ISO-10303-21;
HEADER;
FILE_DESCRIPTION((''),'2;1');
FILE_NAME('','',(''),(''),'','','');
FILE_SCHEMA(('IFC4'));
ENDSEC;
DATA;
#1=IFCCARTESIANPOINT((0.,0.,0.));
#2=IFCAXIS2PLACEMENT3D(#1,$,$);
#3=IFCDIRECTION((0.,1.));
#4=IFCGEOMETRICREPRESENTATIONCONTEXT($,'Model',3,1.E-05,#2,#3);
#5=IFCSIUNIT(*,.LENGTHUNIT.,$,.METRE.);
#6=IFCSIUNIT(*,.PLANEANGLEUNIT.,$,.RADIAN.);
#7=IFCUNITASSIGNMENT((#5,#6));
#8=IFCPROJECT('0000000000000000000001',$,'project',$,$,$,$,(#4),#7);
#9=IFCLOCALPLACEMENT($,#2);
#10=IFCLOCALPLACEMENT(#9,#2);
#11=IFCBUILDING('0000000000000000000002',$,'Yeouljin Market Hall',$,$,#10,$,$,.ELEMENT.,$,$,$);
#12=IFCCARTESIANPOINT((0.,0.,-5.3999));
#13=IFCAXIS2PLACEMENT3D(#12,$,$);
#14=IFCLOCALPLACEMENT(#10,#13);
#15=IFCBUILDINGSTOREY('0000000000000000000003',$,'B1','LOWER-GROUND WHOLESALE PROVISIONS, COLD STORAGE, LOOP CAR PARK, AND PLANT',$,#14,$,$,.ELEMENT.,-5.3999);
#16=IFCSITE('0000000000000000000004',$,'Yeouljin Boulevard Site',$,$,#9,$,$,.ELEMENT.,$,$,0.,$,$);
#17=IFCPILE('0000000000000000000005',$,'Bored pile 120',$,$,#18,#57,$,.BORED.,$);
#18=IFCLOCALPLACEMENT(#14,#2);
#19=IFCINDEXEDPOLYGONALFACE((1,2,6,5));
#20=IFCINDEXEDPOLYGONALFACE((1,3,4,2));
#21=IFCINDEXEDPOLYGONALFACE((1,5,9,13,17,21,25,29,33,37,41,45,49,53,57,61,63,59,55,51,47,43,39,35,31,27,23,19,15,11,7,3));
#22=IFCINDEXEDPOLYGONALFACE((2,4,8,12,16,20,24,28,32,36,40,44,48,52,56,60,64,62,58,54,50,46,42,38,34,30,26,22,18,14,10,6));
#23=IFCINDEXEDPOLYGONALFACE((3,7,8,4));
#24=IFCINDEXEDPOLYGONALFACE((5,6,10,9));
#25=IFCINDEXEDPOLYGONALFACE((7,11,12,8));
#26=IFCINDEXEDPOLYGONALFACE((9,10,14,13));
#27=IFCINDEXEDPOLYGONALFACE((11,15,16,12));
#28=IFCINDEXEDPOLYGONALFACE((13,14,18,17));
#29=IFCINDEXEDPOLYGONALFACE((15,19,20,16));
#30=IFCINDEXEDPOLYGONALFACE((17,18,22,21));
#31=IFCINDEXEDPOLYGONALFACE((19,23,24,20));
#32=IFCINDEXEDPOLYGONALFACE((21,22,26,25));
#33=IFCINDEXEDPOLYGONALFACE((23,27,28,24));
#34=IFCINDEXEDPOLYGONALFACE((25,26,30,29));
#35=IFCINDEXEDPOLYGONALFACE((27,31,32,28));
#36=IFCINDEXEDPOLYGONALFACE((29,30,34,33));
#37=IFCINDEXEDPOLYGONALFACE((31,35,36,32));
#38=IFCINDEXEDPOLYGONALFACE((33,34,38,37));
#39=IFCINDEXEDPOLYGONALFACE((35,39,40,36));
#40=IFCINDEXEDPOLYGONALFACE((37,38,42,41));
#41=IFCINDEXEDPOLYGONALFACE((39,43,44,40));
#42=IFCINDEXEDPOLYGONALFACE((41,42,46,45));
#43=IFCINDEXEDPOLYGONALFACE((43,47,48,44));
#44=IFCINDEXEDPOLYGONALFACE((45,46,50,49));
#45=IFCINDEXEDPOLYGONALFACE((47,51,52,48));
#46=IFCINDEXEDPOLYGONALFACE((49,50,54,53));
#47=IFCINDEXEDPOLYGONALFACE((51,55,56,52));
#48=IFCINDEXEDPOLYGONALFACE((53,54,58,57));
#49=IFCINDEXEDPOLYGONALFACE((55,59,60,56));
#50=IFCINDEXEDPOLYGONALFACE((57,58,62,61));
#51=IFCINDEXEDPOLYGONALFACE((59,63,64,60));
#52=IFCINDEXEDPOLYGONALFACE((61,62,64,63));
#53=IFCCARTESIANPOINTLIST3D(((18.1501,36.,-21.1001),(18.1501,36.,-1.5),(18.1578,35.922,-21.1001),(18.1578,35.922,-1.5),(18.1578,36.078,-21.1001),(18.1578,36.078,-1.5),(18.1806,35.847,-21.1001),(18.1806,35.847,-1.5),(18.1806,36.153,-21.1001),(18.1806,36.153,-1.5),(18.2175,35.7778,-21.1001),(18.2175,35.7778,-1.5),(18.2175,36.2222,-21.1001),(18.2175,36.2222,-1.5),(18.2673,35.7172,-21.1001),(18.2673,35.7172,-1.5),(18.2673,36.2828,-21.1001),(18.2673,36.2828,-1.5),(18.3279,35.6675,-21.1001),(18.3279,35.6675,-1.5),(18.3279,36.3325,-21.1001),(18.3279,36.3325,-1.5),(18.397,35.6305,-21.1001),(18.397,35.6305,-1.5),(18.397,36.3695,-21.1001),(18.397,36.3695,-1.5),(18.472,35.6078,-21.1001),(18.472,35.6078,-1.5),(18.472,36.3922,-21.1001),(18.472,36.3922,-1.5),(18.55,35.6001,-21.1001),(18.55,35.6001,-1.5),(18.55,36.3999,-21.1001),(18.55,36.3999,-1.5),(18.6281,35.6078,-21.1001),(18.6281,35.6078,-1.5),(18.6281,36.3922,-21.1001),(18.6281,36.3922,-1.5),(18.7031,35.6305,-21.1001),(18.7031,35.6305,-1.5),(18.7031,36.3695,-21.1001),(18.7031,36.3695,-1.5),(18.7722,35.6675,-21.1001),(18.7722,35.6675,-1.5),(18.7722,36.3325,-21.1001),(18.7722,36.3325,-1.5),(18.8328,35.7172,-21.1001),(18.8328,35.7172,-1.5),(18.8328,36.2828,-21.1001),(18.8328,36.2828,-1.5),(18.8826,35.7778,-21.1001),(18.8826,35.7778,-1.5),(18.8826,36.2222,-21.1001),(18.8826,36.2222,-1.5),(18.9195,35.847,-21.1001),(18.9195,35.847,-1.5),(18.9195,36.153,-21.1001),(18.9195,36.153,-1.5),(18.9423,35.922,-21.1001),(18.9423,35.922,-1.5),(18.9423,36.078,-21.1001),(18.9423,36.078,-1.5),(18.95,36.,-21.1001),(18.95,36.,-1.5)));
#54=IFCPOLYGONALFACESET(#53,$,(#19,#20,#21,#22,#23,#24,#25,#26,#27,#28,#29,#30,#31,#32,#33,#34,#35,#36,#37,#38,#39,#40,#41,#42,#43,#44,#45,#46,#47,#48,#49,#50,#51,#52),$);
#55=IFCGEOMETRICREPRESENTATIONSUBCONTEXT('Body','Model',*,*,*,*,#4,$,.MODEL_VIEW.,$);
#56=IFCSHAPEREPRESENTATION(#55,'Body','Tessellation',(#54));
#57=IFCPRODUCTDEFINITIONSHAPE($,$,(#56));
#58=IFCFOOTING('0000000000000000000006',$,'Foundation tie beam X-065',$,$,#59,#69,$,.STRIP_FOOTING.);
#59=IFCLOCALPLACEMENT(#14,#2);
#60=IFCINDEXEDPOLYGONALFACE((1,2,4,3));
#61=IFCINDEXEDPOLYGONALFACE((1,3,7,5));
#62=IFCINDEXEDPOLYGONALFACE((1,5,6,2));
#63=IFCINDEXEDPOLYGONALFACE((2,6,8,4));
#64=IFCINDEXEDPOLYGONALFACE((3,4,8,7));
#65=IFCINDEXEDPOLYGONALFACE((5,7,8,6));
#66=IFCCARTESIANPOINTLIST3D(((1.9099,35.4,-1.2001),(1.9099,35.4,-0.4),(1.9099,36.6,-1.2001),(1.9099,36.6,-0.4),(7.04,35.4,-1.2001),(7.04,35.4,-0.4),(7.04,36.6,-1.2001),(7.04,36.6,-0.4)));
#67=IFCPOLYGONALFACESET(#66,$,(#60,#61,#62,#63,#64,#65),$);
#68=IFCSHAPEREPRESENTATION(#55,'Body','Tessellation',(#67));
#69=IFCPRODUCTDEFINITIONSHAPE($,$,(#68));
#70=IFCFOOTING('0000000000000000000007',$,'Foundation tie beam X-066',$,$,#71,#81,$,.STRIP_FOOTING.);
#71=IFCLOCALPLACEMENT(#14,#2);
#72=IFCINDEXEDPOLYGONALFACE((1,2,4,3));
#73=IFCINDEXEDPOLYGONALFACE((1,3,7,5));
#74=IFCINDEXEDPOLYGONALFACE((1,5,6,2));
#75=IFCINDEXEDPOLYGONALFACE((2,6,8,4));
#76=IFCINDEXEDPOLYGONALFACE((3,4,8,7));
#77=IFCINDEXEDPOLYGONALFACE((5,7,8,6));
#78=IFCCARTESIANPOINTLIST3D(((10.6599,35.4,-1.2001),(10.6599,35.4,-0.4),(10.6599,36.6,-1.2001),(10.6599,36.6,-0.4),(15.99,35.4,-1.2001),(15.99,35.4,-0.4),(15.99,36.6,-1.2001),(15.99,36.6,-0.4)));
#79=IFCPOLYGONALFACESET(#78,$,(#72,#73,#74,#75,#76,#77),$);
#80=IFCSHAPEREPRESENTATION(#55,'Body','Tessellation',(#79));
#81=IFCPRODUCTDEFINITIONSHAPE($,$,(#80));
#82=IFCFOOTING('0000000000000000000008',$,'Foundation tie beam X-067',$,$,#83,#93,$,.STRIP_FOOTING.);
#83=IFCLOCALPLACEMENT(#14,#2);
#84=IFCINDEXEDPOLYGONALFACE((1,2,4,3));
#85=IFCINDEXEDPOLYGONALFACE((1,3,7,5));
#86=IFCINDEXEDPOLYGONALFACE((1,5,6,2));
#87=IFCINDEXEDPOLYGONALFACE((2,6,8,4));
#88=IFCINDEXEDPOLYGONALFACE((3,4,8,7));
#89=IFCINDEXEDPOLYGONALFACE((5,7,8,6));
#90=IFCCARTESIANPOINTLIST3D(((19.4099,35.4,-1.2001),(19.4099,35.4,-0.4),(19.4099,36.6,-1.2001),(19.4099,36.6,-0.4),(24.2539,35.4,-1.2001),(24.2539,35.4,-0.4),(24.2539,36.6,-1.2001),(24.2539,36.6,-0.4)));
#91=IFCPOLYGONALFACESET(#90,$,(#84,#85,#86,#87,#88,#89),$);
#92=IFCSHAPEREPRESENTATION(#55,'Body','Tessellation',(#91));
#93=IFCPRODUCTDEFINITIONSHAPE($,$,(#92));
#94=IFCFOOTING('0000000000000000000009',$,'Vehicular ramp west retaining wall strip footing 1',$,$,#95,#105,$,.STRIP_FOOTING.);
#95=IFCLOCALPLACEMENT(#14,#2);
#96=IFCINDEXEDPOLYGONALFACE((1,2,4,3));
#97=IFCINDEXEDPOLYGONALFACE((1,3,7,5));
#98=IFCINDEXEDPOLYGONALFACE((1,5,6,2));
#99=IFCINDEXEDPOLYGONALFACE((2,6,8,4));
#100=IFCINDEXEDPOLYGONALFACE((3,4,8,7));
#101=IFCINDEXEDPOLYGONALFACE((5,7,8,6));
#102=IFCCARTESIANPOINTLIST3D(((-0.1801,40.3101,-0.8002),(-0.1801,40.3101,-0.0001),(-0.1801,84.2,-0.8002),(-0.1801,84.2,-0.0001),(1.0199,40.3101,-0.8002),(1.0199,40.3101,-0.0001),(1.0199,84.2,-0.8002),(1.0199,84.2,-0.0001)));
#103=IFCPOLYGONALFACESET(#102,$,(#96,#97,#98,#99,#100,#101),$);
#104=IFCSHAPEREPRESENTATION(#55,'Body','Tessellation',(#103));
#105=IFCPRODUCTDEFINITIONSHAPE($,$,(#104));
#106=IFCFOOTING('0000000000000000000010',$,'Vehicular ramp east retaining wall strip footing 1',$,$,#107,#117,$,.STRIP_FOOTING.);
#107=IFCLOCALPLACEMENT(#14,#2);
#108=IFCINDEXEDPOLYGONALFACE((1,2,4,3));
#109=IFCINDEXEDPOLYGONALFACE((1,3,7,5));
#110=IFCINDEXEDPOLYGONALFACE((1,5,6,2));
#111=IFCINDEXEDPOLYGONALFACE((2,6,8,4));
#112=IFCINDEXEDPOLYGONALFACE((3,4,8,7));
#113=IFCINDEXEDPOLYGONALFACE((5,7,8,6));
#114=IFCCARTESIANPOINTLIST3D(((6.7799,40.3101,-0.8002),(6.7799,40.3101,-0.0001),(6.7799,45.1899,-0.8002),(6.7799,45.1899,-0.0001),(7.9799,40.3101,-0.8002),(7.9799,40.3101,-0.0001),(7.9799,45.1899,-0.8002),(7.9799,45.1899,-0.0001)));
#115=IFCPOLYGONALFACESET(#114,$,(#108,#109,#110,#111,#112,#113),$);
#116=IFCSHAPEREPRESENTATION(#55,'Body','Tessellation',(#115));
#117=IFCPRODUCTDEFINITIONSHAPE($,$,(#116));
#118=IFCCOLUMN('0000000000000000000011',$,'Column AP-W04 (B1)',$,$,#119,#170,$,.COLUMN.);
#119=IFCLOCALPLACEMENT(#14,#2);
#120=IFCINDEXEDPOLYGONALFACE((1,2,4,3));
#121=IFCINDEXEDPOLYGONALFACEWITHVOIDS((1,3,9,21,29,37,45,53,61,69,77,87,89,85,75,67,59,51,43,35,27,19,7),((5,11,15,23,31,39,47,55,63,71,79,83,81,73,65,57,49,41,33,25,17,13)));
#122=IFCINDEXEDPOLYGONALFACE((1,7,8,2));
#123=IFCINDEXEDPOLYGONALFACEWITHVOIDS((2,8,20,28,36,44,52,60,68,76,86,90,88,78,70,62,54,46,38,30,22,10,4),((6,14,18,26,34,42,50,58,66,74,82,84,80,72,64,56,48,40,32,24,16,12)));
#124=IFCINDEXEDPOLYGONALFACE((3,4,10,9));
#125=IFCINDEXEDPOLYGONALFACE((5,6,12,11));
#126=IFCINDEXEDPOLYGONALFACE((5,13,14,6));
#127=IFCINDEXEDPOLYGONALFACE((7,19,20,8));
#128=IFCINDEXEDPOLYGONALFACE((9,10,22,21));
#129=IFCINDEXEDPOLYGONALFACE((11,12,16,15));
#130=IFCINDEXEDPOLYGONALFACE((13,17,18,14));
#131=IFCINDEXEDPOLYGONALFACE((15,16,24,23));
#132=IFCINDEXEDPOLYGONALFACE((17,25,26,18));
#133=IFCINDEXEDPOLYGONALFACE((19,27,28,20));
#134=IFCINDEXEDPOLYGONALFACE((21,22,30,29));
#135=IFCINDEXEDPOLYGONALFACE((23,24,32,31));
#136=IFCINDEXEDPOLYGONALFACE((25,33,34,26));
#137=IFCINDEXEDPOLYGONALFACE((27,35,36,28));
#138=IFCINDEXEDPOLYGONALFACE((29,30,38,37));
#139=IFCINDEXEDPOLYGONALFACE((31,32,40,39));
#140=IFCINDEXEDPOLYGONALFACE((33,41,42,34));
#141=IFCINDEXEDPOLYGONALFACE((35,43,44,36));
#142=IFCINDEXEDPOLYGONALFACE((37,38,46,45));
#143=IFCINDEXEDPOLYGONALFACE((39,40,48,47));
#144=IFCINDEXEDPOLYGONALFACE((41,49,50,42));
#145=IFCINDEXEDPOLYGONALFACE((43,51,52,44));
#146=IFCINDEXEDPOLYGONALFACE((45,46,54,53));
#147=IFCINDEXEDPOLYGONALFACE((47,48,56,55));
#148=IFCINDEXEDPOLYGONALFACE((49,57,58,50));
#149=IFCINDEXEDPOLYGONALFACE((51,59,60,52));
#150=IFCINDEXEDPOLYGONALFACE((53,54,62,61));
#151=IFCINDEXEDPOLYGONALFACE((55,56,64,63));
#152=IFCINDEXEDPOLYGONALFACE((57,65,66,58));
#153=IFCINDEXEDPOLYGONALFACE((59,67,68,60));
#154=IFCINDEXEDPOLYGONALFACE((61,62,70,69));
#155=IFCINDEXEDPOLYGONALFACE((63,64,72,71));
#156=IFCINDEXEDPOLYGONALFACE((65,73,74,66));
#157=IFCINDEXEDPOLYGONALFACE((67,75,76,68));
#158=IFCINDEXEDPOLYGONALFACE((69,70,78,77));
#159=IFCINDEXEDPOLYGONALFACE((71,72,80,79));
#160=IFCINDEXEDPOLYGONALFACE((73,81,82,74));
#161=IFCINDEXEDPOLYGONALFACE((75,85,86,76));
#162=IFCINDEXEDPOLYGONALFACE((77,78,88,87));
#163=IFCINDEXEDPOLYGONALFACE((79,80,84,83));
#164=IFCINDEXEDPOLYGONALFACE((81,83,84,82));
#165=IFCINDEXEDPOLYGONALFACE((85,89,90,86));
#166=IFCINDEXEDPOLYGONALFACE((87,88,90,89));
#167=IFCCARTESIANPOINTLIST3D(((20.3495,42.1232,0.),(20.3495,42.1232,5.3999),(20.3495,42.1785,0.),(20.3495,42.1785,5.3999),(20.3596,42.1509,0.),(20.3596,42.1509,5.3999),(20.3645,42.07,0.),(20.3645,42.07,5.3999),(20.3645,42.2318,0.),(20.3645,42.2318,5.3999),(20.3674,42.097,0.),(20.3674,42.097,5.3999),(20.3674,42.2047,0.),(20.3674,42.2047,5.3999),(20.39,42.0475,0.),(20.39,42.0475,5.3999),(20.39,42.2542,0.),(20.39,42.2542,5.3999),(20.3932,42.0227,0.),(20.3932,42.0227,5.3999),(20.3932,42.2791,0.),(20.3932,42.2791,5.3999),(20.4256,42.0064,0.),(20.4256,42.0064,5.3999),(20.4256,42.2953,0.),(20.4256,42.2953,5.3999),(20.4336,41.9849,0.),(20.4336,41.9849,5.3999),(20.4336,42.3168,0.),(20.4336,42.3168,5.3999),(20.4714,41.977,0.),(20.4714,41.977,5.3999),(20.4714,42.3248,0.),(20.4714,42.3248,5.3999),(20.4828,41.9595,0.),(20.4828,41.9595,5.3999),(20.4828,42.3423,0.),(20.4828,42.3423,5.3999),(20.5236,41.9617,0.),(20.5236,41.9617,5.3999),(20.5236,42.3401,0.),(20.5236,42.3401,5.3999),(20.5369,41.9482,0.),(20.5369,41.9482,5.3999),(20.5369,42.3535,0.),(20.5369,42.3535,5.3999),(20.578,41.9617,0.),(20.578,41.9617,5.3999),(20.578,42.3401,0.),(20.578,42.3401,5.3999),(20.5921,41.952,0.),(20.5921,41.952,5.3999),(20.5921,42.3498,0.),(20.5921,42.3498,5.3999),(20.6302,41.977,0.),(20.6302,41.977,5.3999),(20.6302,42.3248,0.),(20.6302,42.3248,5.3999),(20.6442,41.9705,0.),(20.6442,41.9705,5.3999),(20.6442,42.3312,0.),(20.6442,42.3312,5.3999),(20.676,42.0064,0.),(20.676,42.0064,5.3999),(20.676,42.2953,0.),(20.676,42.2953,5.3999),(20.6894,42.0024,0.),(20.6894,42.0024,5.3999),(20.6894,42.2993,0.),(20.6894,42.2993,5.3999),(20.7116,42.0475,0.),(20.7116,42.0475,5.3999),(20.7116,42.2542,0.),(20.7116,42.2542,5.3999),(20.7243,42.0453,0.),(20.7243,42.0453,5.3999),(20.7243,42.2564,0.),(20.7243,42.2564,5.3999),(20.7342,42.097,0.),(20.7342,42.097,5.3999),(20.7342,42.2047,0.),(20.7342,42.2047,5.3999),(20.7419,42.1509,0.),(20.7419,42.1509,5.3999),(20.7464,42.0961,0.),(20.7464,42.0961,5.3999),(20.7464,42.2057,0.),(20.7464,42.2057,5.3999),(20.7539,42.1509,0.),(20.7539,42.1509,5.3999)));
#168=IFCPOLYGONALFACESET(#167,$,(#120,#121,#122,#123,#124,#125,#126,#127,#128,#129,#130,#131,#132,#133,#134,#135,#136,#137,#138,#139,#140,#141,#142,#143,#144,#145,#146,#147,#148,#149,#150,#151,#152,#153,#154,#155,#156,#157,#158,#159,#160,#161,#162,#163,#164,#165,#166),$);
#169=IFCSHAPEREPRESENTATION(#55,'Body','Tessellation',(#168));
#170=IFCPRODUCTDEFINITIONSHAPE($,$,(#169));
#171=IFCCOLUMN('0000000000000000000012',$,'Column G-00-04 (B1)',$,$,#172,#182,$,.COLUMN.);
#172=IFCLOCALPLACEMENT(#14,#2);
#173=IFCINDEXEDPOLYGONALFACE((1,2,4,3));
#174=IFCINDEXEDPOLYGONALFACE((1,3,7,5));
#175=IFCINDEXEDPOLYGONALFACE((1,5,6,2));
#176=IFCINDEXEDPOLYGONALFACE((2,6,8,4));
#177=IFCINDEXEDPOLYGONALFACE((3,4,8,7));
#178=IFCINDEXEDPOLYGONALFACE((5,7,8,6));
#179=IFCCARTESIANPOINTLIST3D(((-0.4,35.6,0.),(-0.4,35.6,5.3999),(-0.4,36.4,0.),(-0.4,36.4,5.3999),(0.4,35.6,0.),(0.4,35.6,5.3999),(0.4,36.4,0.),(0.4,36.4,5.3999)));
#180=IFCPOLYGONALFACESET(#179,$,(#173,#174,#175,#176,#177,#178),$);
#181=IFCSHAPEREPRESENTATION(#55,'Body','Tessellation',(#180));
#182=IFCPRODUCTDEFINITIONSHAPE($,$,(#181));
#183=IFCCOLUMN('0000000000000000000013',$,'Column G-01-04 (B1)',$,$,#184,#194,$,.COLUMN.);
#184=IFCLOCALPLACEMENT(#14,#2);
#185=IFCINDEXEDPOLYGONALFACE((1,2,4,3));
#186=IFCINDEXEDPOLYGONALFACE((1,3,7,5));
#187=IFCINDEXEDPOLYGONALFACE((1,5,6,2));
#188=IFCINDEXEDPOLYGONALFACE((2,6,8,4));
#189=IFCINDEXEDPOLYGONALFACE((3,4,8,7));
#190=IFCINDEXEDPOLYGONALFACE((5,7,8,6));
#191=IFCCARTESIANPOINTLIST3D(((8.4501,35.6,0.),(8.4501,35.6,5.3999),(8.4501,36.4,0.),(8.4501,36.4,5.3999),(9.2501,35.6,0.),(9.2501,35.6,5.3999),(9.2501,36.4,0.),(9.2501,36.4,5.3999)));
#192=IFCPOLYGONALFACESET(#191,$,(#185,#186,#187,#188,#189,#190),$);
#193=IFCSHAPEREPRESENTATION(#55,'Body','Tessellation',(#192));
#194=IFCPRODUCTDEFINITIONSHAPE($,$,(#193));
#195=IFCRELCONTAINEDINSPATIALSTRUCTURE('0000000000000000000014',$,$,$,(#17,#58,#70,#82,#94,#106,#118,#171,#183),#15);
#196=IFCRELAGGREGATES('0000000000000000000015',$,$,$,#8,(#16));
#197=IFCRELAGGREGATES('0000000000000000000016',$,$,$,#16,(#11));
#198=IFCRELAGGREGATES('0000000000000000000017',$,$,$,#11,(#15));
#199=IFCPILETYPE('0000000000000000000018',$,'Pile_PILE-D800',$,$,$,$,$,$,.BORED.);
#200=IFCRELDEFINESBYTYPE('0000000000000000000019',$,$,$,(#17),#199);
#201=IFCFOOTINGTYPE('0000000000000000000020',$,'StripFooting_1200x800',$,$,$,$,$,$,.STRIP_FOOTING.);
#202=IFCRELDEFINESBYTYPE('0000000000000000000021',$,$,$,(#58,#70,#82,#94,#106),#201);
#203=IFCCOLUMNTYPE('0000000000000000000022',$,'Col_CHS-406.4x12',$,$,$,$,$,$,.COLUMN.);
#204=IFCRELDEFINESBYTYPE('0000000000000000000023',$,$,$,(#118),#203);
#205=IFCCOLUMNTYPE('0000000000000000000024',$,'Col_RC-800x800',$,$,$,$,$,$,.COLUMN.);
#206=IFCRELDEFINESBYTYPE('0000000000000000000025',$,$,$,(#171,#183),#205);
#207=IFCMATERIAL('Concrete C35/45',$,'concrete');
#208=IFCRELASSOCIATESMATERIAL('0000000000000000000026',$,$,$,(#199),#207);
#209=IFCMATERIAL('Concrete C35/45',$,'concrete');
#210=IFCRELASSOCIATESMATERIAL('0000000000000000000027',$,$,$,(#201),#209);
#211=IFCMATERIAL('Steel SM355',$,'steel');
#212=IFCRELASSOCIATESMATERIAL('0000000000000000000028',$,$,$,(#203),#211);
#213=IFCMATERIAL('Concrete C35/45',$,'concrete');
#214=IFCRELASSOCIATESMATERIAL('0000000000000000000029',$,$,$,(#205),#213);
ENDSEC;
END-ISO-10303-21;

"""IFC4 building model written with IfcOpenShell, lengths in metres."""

from ifc_helpers import new_model, si_unit, direction, frame, origin, origin_2d, place, context, subcontext, project, spatial, rectangle, circle, hollow_circle, extrude, material, material_profile, profile_set, type_object, element, save


model = new_model("IFC4")

# Units and contexts
model_context = context("Model", 3, precision=1e-05, world=origin(), true_north=direction((0.0, 1.0)))
body_context = subcontext(model_context, "Body", "Model", "MODEL_VIEW")
ifc_project = project(units=[si_unit("LENGTHUNIT", "METRE"), si_unit("PLANEANGLEUNIT", "RADIAN")], contexts=[model_context])

# Site, building, storey
site_placement = place(None, origin())
site = spatial("IfcSite", under=ifc_project, at=site_placement, Name="Yeouljin Boulevard Site", CompositionType="ELEMENT", RefElevation=0.0)
building_placement = place(site_placement, origin())
building = spatial("IfcBuilding", under=site, at=building_placement, Name="Yeouljin Market Hall", CompositionType="ELEMENT")
storey_placement = place(building_placement, frame((0.0, 0.0, -5.3999)))
storey = spatial("IfcBuildingStorey", under=building, at=storey_placement, Name="B1", Description="LOWER-GROUND WHOLESALE PROVISIONS, COLD STORAGE, LOOP CAR PARK, AND PLANT", CompositionType="ELEMENT", Elevation=-5.3999)

# Pile
ifc_material_1 = material(Name="Concrete C35/45", Category="concrete")
ifc_material_profile_1 = material_profile(ifc_material_1, circle(Radius=0.3999, at=origin_2d()), Name="PILE-D800")
ifc_profile_set_1 = profile_set([ifc_material_profile_1], Name="Concrete C35/45")
pile_type_1 = type_object("IfcPileType", Name="Pile_PILE-D800", PredefinedType="BORED", material=ifc_profile_set_1)
for number, where, z_axis, x_axis, name in (
    (1, (18.55, 36.0, -1.5), (0.0, 0.0, -1.0), (1.0, 0.0, 0.0), "Bored pile 120"),
):
    element("IfcPile", number, at=place(storey_placement, frame(where, z_axis=z_axis, x_axis=x_axis)), inside=storey, type_object=pile_type_1, Name=name, PredefinedType="BORED", context=body_context, shape_type="SweptSolid", body=[
        extrude(circle(Radius=0.3999, at=origin_2d()), origin(), (0.0, 0.0, 1.0), 19.6001),
    ])

# Footings
ifc_material_2 = material(Name="Concrete C35/45", Category="concrete")
ifc_material_profile_2 = material_profile(ifc_material_2, rectangle(XDim=1.2, YDim=0.8, at=origin_2d()), Name="SF-1200x800")
ifc_profile_set_2 = profile_set([ifc_material_profile_2], Name="Concrete C35/45")
footing_type_1 = type_object("IfcFootingType", Name="StripFooting_1200x800", PredefinedType="STRIP_FOOTING", material=ifc_profile_set_2)
footing_1_placement = place(storey_placement, frame((1.9099, 36.0, -0.8), z_axis=(1.0, 0.0, 0.0), x_axis=(0.0, 1.0, 0.0)))
element("IfcFooting", 2, at=footing_1_placement, inside=storey, type_object=footing_type_1, Name="Foundation tie beam X-065", PredefinedType="STRIP_FOOTING", context=body_context, shape_type="SweptSolid", body=[
    extrude(rectangle(XDim=1.2, YDim=0.8, at=origin_2d()), origin(), (0.0, 0.0, 1.0), 5.1301),
])
footing_2_placement = place(storey_placement, frame((10.6599, 36.0, -0.8), z_axis=(1.0, 0.0, 0.0), x_axis=(0.0, 1.0, 0.0)))
element("IfcFooting", 3, at=footing_2_placement, inside=storey, type_object=footing_type_1, Name="Foundation tie beam X-066", PredefinedType="STRIP_FOOTING", context=body_context, shape_type="SweptSolid", body=[
    extrude(rectangle(XDim=1.2, YDim=0.8, at=origin_2d()), origin(), (0.0, 0.0, 1.0), 5.3301),
])
footing_3_placement = place(storey_placement, frame((19.4099, 36.0, -0.8), z_axis=(1.0, 0.0, 0.0), x_axis=(0.0, 1.0, 0.0)))
element("IfcFooting", 4, at=footing_3_placement, inside=storey, type_object=footing_type_1, Name="Foundation tie beam X-067", PredefinedType="STRIP_FOOTING", context=body_context, shape_type="SweptSolid", body=[
    extrude(rectangle(XDim=1.2, YDim=0.8, at=origin_2d()), origin(), (0.0, 0.0, 1.0), 4.844),
])
footing_4_placement = place(storey_placement, frame((0.4199, 40.3101, -0.4001), z_axis=(0.0, 1.0, 0.0), x_axis=(-1.0, 0.0, 0.0)))
element("IfcFooting", 5, at=footing_4_placement, inside=storey, type_object=footing_type_1, Name="Vehicular ramp west retaining wall strip footing 1", PredefinedType="STRIP_FOOTING", context=body_context, shape_type="SweptSolid", body=[
    extrude(rectangle(XDim=1.2, YDim=0.8, at=origin_2d()), origin(), (0.0, 0.0, 1.0), 43.8899),
])
footing_5_placement = place(storey_placement, frame((7.3799, 40.3101, -0.4001), z_axis=(0.0, 1.0, 0.0), x_axis=(-1.0, 0.0, 0.0)))
element("IfcFooting", 6, at=footing_5_placement, inside=storey, type_object=footing_type_1, Name="Vehicular ramp east retaining wall strip footing 1", PredefinedType="STRIP_FOOTING", context=body_context, shape_type="SweptSolid", body=[
    extrude(rectangle(XDim=1.2, YDim=0.8, at=origin_2d()), origin(), (0.0, 0.0, 1.0), 4.8799),
])

# Columns
ifc_material_3 = material(Name="Steel SM355", Category="steel")
ifc_material_profile_3 = material_profile(ifc_material_3, hollow_circle(Radius=0.2031, WallThickness=0.012, at=origin_2d()), Name="CHS-406.4x12")
ifc_profile_set_3 = profile_set([ifc_material_profile_3], Name="Steel SM355")
column_type_1 = type_object("IfcColumnType", Name="Col_CHS-406.4x12", PredefinedType="COLUMN", material=ifc_profile_set_3)
column_placement = place(storey_placement, frame((20.5508, 42.1509, 0.0), z_axis=(0.0, 0.0, 1.0), x_axis=(1.0, 0.0, 0.0)))
element("IfcColumn", 7, at=column_placement, inside=storey, type_object=column_type_1, Name="Column AP-W04 (B1)", PredefinedType="COLUMN", context=body_context, shape_type="SweptSolid", body=[
    extrude(hollow_circle(Radius=0.2031, WallThickness=0.012, at=origin_2d()), origin(), (0.0, 0.0, 1.0), 5.3999),
])
ifc_material_4 = material(Name="Concrete C35/45", Category="concrete")
ifc_material_profile_4 = material_profile(ifc_material_4, rectangle(XDim=0.8, YDim=0.8, at=origin_2d()), Name="RC-800x800")
ifc_profile_set_4 = profile_set([ifc_material_profile_4], Name="Concrete C35/45")
column_type_2 = type_object("IfcColumnType", Name="Col_RC-800x800", PredefinedType="COLUMN", material=ifc_profile_set_4)
for number, where, z_axis, x_axis, name in (
    (8, (0.0, 36.0, 0.0), (0.0, 0.0, 1.0), (1.0, 0.0, 0.0), "Column G-00-04 (B1)"),
    (9, (8.8501, 36.0, 0.0), (0.0, 0.0, 1.0), (1.0, 0.0, 0.0), "Column G-01-04 (B1)"),
):
    element("IfcColumn", number, at=place(storey_placement, frame(where, z_axis=z_axis, x_axis=x_axis)), inside=storey, type_object=column_type_2, Name=name, PredefinedType="COLUMN", context=body_context, shape_type="SweptSolid", body=[
        extrude(rectangle(XDim=0.8, YDim=0.8, at=origin_2d()), origin(), (0.0, 0.0, 1.0), 5.3999),
    ])

save(model, "model.ifc")
